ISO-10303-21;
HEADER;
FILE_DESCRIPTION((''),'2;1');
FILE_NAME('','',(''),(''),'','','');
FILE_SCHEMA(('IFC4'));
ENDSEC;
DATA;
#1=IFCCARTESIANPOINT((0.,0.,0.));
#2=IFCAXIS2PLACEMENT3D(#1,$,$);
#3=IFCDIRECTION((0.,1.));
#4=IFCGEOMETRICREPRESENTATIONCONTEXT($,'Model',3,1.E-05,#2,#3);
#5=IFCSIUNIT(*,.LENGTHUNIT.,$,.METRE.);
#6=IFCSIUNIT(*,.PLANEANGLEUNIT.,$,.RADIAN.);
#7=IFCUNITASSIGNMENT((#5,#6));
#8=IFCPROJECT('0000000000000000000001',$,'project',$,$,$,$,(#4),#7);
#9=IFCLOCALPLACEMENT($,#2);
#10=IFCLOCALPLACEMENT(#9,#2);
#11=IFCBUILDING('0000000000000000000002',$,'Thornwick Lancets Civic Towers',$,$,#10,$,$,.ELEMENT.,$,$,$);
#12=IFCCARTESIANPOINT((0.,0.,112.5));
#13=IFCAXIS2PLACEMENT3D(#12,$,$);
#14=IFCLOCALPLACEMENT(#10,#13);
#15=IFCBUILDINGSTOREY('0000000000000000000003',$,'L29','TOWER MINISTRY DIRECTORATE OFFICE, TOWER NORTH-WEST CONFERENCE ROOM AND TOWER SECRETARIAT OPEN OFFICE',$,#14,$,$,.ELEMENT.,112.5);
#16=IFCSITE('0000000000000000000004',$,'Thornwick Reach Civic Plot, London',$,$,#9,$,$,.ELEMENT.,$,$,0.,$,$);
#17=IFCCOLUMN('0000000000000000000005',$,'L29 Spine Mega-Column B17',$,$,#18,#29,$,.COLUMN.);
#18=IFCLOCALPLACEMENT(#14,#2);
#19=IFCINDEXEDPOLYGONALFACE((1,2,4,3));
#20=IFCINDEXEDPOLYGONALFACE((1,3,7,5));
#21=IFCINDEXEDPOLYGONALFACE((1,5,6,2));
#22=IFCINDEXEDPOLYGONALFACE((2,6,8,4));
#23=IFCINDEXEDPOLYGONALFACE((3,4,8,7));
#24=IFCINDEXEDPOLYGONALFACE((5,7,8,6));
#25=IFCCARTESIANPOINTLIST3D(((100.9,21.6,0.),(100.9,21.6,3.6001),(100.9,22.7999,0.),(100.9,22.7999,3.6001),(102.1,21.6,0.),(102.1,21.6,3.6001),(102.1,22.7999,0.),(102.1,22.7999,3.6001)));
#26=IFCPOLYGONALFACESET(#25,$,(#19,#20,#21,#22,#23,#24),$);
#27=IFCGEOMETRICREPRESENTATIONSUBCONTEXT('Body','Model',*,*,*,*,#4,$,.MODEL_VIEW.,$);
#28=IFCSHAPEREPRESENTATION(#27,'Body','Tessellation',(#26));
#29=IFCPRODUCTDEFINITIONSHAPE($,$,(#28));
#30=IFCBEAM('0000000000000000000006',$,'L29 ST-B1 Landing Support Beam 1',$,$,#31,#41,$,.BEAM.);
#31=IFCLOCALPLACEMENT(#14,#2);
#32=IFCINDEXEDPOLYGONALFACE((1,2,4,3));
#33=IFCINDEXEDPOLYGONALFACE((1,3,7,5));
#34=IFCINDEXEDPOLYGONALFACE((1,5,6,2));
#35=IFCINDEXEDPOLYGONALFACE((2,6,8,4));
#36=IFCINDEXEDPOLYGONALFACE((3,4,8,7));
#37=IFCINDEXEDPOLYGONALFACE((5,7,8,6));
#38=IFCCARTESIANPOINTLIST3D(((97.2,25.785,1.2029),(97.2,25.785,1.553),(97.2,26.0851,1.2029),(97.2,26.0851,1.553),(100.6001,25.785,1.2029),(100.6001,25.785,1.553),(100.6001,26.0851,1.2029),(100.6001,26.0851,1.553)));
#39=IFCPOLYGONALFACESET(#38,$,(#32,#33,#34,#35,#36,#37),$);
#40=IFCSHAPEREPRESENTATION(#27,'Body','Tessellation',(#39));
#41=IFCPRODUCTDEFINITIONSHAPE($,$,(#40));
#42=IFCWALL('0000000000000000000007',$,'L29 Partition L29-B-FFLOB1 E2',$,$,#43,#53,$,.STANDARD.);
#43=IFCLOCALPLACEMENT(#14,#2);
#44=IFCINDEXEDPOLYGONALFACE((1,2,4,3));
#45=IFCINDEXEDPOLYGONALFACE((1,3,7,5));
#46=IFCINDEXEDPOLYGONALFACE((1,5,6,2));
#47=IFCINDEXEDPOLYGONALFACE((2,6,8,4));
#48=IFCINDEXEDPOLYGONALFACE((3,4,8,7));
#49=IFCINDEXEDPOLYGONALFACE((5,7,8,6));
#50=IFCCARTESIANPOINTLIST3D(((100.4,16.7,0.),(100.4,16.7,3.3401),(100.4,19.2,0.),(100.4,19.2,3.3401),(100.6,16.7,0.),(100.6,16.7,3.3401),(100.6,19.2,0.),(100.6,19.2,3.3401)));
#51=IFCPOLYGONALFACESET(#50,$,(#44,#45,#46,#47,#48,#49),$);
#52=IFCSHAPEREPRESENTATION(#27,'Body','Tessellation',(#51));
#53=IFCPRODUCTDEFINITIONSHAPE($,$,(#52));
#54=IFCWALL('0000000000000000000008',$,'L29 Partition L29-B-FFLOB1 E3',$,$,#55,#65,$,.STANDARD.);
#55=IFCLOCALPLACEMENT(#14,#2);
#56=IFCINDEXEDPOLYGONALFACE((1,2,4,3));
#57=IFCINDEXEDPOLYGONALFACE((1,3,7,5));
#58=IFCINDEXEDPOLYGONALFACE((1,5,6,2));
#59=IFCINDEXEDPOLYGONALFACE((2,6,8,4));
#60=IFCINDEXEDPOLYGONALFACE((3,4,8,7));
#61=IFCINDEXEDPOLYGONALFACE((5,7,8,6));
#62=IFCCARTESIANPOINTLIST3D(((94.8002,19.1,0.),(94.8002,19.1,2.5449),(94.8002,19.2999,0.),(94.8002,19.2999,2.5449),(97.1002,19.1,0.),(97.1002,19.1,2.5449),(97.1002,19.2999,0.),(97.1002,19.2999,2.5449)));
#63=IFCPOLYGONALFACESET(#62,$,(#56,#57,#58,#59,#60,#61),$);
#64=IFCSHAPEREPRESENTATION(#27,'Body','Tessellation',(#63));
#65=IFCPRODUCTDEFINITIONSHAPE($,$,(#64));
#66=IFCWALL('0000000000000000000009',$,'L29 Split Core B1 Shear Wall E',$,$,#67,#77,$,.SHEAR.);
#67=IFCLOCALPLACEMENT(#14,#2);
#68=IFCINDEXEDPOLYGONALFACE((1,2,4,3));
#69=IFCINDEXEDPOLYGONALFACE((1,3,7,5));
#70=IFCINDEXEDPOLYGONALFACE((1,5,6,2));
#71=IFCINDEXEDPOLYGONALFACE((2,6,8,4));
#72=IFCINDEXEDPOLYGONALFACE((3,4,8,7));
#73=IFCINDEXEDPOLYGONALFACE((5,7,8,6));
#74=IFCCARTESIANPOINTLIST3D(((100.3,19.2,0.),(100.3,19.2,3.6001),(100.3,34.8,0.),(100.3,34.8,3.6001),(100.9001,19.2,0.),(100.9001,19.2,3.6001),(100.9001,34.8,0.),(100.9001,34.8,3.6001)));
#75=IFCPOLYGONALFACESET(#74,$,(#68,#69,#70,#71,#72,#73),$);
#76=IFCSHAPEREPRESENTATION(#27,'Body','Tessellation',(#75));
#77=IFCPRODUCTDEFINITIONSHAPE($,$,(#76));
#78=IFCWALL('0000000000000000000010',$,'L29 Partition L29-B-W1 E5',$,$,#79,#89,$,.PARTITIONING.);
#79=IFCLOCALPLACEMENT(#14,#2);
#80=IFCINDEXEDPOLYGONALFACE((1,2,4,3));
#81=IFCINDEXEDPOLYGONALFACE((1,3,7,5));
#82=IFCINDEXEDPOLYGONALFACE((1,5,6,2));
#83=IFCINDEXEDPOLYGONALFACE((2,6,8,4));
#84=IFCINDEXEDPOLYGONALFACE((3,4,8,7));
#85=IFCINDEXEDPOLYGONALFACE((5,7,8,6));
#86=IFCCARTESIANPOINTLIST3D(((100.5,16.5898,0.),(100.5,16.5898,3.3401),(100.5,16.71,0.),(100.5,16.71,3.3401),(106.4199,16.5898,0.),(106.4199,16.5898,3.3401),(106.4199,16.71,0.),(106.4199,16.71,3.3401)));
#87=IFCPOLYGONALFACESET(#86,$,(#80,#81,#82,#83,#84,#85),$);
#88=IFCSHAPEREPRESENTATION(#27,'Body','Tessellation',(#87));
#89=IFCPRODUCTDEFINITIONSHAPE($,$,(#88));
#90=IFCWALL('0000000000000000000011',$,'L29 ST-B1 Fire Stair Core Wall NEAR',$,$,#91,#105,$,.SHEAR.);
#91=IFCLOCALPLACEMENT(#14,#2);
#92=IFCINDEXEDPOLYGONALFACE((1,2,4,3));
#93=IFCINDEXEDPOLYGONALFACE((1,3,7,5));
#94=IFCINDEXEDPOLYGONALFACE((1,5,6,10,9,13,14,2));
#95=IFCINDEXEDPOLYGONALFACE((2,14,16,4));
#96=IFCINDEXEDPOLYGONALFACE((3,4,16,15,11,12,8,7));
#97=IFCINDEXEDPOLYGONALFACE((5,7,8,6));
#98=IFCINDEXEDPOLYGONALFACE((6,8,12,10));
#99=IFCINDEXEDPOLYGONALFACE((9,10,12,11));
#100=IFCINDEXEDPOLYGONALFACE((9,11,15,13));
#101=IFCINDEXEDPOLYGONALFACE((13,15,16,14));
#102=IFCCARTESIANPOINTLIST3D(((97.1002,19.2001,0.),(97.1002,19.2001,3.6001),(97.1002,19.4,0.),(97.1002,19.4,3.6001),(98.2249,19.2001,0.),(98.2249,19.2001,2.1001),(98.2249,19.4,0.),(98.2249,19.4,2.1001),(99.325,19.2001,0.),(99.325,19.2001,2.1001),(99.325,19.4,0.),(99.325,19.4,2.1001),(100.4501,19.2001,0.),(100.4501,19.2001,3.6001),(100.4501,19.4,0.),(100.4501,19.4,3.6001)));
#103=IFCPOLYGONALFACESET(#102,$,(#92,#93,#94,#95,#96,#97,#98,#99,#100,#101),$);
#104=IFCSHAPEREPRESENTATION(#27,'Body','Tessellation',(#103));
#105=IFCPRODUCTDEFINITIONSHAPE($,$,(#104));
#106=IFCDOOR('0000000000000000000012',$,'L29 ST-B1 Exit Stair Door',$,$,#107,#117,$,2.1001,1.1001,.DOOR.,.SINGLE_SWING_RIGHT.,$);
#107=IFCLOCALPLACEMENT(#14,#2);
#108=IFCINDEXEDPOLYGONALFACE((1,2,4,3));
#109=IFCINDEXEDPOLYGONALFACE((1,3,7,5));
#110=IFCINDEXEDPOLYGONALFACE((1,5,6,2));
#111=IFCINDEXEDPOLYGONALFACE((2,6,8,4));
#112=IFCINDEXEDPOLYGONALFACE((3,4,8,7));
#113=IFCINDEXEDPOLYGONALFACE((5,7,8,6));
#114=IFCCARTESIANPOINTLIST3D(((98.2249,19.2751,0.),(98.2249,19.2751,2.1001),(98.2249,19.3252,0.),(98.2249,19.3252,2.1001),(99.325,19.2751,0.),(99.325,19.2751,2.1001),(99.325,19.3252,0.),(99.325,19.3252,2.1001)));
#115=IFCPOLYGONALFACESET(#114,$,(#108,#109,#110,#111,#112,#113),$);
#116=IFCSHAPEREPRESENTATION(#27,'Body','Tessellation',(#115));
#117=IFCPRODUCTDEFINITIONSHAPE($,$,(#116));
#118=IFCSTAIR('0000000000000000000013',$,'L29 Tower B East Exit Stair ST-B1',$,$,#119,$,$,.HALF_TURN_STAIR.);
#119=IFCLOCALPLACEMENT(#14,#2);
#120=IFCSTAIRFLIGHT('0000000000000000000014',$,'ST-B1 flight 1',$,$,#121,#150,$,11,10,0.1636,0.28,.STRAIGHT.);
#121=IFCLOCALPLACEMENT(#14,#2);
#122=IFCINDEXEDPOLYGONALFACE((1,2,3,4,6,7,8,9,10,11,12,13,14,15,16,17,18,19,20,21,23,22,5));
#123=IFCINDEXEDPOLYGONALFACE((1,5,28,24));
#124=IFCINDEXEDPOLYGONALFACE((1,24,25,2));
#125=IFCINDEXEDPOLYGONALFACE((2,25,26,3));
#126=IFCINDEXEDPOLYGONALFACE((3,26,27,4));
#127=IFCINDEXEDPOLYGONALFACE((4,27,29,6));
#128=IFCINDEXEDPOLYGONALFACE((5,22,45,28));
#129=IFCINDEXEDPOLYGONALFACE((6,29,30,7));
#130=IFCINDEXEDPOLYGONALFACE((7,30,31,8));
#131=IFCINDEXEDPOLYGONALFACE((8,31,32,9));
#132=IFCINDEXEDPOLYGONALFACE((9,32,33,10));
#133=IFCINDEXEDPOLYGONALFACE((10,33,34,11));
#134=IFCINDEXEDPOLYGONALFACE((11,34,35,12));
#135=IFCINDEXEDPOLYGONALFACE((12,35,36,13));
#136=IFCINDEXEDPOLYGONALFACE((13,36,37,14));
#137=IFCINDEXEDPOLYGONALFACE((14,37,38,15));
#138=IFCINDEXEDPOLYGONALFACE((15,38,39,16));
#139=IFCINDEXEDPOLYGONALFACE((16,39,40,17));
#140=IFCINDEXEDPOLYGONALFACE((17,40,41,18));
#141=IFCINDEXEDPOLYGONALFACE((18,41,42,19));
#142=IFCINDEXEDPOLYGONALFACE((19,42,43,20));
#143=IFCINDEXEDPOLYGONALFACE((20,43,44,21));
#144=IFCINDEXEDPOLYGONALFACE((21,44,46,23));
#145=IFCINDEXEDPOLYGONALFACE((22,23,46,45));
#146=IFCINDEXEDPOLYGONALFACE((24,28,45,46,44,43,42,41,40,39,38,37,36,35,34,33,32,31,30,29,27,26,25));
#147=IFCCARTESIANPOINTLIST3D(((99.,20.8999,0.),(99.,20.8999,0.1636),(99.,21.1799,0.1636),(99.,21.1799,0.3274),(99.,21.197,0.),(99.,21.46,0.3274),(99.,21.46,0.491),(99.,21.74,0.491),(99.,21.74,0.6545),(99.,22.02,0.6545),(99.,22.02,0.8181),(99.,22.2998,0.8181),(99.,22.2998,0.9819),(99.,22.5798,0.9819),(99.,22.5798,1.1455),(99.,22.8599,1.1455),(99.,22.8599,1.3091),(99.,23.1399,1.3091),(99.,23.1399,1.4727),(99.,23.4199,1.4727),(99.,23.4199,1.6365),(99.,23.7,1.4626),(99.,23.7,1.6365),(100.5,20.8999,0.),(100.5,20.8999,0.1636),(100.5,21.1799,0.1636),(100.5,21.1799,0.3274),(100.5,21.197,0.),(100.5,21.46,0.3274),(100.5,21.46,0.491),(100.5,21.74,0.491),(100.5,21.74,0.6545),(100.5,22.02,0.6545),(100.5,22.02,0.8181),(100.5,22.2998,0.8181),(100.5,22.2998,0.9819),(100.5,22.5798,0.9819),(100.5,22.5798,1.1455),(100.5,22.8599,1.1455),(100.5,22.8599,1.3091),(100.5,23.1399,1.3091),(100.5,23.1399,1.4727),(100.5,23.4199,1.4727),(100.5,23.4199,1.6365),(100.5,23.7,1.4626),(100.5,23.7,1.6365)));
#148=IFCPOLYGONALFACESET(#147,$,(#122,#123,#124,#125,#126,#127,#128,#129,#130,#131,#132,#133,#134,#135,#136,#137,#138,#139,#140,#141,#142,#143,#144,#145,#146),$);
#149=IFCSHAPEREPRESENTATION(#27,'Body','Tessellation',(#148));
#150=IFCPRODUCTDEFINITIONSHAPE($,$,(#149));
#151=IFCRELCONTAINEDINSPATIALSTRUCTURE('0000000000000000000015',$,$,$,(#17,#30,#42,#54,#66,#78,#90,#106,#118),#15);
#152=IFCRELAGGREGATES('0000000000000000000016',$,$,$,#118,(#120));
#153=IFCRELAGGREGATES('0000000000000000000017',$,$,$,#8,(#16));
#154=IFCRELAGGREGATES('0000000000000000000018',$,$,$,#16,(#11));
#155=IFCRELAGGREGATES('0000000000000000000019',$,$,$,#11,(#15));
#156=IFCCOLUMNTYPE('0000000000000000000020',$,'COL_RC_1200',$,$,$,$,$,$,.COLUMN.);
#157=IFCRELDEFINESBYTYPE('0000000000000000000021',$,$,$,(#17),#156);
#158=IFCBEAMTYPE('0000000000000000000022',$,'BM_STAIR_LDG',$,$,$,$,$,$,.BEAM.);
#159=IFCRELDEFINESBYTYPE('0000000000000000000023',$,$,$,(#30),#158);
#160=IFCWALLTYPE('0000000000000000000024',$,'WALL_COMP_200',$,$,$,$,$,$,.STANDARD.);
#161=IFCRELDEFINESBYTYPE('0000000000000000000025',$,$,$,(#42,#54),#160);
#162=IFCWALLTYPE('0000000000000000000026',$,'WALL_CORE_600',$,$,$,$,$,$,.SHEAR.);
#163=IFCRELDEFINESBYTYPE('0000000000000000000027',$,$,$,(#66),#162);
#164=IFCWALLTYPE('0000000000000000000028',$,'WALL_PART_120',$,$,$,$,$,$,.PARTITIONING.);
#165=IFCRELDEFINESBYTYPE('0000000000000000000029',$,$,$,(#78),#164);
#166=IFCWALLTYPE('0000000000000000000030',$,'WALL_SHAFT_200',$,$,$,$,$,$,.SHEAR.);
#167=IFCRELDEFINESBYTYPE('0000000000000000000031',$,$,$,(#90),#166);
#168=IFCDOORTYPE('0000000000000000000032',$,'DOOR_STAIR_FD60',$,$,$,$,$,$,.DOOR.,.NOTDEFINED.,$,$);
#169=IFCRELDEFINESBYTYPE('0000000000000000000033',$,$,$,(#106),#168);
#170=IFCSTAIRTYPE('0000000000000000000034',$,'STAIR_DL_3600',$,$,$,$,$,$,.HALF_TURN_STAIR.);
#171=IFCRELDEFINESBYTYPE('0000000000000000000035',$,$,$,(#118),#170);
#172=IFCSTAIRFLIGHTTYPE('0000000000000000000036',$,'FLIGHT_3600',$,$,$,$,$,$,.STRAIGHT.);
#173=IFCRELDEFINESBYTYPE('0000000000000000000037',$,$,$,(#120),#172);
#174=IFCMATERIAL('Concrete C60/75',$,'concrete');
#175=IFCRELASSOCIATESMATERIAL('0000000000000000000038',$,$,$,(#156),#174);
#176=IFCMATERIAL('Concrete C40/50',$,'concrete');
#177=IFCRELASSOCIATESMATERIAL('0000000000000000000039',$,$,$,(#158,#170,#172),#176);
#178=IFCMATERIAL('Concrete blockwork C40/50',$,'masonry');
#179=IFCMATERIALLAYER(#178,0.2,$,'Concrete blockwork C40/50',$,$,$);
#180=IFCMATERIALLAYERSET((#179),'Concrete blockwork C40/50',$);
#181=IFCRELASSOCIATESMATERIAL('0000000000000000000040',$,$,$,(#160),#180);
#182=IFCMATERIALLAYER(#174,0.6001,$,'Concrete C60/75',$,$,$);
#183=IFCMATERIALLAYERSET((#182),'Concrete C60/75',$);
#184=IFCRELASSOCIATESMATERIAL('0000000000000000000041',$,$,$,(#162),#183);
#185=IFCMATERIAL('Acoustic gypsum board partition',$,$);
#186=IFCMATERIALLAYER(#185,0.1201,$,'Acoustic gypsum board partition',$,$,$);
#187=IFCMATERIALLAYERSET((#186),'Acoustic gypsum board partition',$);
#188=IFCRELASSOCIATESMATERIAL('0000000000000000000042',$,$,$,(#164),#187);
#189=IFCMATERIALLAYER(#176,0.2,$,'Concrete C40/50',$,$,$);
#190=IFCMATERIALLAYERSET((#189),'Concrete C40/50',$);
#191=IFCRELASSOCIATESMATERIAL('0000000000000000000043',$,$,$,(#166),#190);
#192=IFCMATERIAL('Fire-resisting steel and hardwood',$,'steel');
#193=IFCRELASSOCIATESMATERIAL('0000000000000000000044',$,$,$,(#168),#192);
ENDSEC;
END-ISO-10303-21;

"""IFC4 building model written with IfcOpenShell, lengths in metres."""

from ifc_helpers import new_model, si_unit, direction, frame, frame_2d, origin, origin_2d, place, context, subcontext, project, spatial, polyline, rectangle, outline, extrude, material, layer, layer_set, material_profile, profile_set, type_object, element, fill, aggregate, save


model = new_model("IFC4")

# Units and contexts
model_context = context("Model", 3, precision=1e-05, world=origin(), true_north=direction((0.0, 1.0)))
body_context = subcontext(model_context, "Body", "Model", "MODEL_VIEW")
ifc_project = project(units=[si_unit("LENGTHUNIT", "METRE"), si_unit("PLANEANGLEUNIT", "RADIAN")], contexts=[model_context])

# Site, building, storey
site_placement = place(None, origin())
site = spatial("IfcSite", under=ifc_project, at=site_placement, Name="Thornwick Reach Civic Plot, London", CompositionType="ELEMENT", RefElevation=0.0)
building_placement = place(site_placement, origin())
building = spatial("IfcBuilding", under=site, at=building_placement, Name="Thornwick Lancets Civic Towers", CompositionType="ELEMENT")
storey_placement = place(building_placement, frame((0.0, 0.0, 112.5)))
storey = spatial("IfcBuildingStorey", under=building, at=storey_placement, Name="L29", Description="TOWER MINISTRY DIRECTORATE OFFICE, TOWER NORTH-WEST CONFERENCE ROOM AND TOWER SECRETARIAT OPEN OFFICE", CompositionType="ELEMENT", Elevation=112.5)

# Column
ifc_material_1 = material(Name="Concrete C60/75", Category="concrete")
ifc_material_profile_1 = material_profile(ifc_material_1, rectangle(XDim=1.2, YDim=1.2, at=origin_2d()), Name="RC 1200x1200")
ifc_profile_set_1 = profile_set([ifc_material_profile_1], Name="Concrete C60/75")
column_type = type_object("IfcColumnType", Name="COL_RC_1200", PredefinedType="COLUMN", material=ifc_profile_set_1)
column_placement = place(storey_placement, frame((101.5, 22.2, 0.0), z_axis=(0.0, 0.0, 1.0), x_axis=(1.0, 0.0, 0.0)))
element("IfcColumn", 1, at=column_placement, inside=storey, type_object=column_type, Name="L29 Spine Mega-Column B17", PredefinedType="COLUMN", context=body_context, shape_type="SweptSolid", body=[
    extrude(rectangle(XDim=1.2, YDim=1.2, at=origin_2d()), origin(), (0.0, 0.0, 1.0), 3.6001),
])

# Beam
ifc_material_2 = material(Name="Concrete C40/50", Category="concrete")
ifc_material_profile_2 = material_profile(ifc_material_2, rectangle(XDim=0.3, YDim=0.3501, at=origin_2d()), Name="RC 300x350")
ifc_profile_set_2 = profile_set([ifc_material_profile_2], Name="Concrete C40/50")
beam_type = type_object("IfcBeamType", Name="BM_STAIR_LDG", PredefinedType="BEAM", material=ifc_profile_set_2)
beam_placement = place(storey_placement, frame((100.6001, 25.9351, 1.3779), z_axis=(-1.0, 0.0, 0.0), x_axis=(0.0, -1.0, 0.0)))
element("IfcBeam", 2, at=beam_placement, inside=storey, type_object=beam_type, Name="L29 ST-B1 Landing Support Beam 1", PredefinedType="BEAM", context=body_context, shape_type="SweptSolid", body=[
    extrude(rectangle(XDim=0.3, YDim=0.3501, at=origin_2d()), origin(), (0.0, 0.0, 1.0), 3.4001),
])

# Walls
ifc_material_3 = material(Name="Concrete blockwork C40/50", Category="masonry")
ifc_layer_1 = layer(ifc_material_3, 0.2, Name="Concrete blockwork C40/50")
ifc_layer_set_1 = layer_set([ifc_layer_1], Name="Concrete blockwork C40/50")
wall_type_1 = type_object("IfcWallType", Name="WALL_COMP_200", PredefinedType="STANDARD", material=ifc_layer_set_1)
wall_1_placement = place(storey_placement, frame((100.5, 16.7, 0.0), z_axis=(0.0, 0.0, 1.0), x_axis=(0.0, 1.0, 0.0)))
element("IfcWall", 3, at=wall_1_placement, inside=storey, type_object=wall_type_1, Name="L29 Partition L29-B-FFLOB1 E2", PredefinedType="STANDARD", context=body_context, shape_type="SweptSolid", body=[
    extrude(rectangle(XDim=2.5, YDim=0.2, at=frame_2d((1.25, 0.0))), origin(), (0.0, 0.0, 1.0), 3.3401),
])
wall_2_placement = place(storey_placement, frame((97.1001, 19.2, 0.0), z_axis=(0.0, 0.0, 1.0), x_axis=(-1.0, 0.0, 0.0)))
element("IfcWall", 4, at=wall_2_placement, inside=storey, type_object=wall_type_1, Name="L29 Partition L29-B-FFLOB1 E3", PredefinedType="STANDARD", context=body_context, shape_type="SweptSolid", body=[
    extrude(rectangle(XDim=2.3, YDim=0.2, at=frame_2d((1.1499, 0.0))), origin(), (0.0, 0.0, 1.0), 2.5449),
])
ifc_layer_2 = layer(ifc_material_1, 0.6001, Name="Concrete C60/75")
ifc_layer_set_2 = layer_set([ifc_layer_2], Name="Concrete C60/75")
wall_type_2 = type_object("IfcWallType", Name="WALL_CORE_600", PredefinedType="SHEAR", material=ifc_layer_set_2)
wall_3_placement = place(storey_placement, frame((100.6001, 19.2, 0.0), z_axis=(0.0, 0.0, 1.0), x_axis=(0.0, 1.0, 0.0)))
element("IfcWall", 5, at=wall_3_placement, inside=storey, type_object=wall_type_2, Name="L29 Split Core B1 Shear Wall E", PredefinedType="SHEAR", context=body_context, shape_type="SweptSolid", body=[
    extrude(rectangle(XDim=15.6001, YDim=0.6001, at=frame_2d((7.8, 0.0))), origin(), (0.0, 0.0, 1.0), 3.6001),
])
ifc_material_4 = material(Name="Acoustic gypsum board partition")
ifc_layer_3 = layer(ifc_material_4, 0.1201, Name="Acoustic gypsum board partition")
ifc_layer_set_3 = layer_set([ifc_layer_3], Name="Acoustic gypsum board partition")
wall_type_3 = type_object("IfcWallType", Name="WALL_PART_120", PredefinedType="PARTITIONING", material=ifc_layer_set_3)
wall_4_placement = place(storey_placement, frame((100.5, 16.6499, 0.0), z_axis=(0.0, 0.0, 1.0), x_axis=(1.0, 0.0, 0.0)))
element("IfcWall", 6, at=wall_4_placement, inside=storey, type_object=wall_type_3, Name="L29 Partition L29-B-W1 E5", PredefinedType="PARTITIONING", context=body_context, shape_type="SweptSolid", body=[
    extrude(rectangle(XDim=5.9199, YDim=0.1201, at=frame_2d((2.96, 0.0))), origin(), (0.0, 0.0, 1.0), 3.3401),
])

# Wall, opening, door
ifc_layer_4 = layer(ifc_material_2, 0.2, Name="Concrete C40/50")
ifc_layer_set_4 = layer_set([ifc_layer_4], Name="Concrete C40/50")
wall_type_4 = type_object("IfcWallType", Name="WALL_SHAFT_200", PredefinedType="SHEAR", material=ifc_layer_set_4)
wall_5_placement = place(storey_placement, frame((100.45, 19.3, 0.0), z_axis=(0.0, 0.0, 1.0), x_axis=(-1.0, 0.0, 0.0)))
wall_5 = element("IfcWall", 7, at=wall_5_placement, inside=storey, type_object=wall_type_4, Name="L29 ST-B1 Fire Stair Core Wall NEAR", PredefinedType="SHEAR", context=body_context, shape_type="SweptSolid", body=[
    extrude(rectangle(XDim=3.3499, YDim=0.2, at=frame_2d((1.6748, 0.0))), origin(), (0.0, 0.0, 1.0), 3.6001),
])
opening_placement = place(wall_5_placement, frame((1.125, 0.0, 0.0)))
opening = element("IfcOpeningElement", 8, at=opening_placement, cuts=wall_5, PredefinedType="OPENING", context=body_context, shape_type="SweptSolid", body=[
    extrude(rectangle(XDim=1.1001, YDim=2.1001, at=frame_2d((0.55, 1.05))), frame((0.0, 0.1099, 0.0), z_axis=(0.0, -1.0, 0.0), x_axis=(1.0, 0.0, 0.0)), (0.0, 0.0, 1.0), 0.22),
])
ifc_material_5 = material(Name="Fire-resisting steel and hardwood", Category="steel")
door_type = type_object("IfcDoorType", Name="DOOR_STAIR_FD60", OperationType="NOTDEFINED", PredefinedType="DOOR", material=ifc_material_5)
door_placement = place(opening_placement, origin())
door = element("IfcDoor", 9, at=door_placement, inside=storey, type_object=door_type, Name="L29 ST-B1 Exit Stair Door", OperationType="SINGLE_SWING_RIGHT", OverallHeight=2.1001, OverallWidth=1.1001, PredefinedType="DOOR", context=body_context, shape_type="SweptSolid", body=[
    extrude(rectangle(XDim=1.1001, YDim=2.1001, at=frame_2d((0.55, 1.05))), frame((0.0, 0.0249, 0.0), z_axis=(0.0, -1.0, 0.0), x_axis=(1.0, 0.0, 0.0)), (0.0, 0.0, 1.0), 0.05),
])
fill(opening, door)

# Stair, stair flight
stair_type = type_object("IfcStairType", Name="STAIR_DL_3600", PredefinedType="HALF_TURN_STAIR", material=ifc_material_2)
stair_placement = place(storey_placement, origin())
stair = element("IfcStair", 10, at=stair_placement, inside=storey, type_object=stair_type, Name="L29 Tower B East Exit Stair ST-B1", PredefinedType="HALF_TURN_STAIR")
stair_flight_type = type_object("IfcStairFlightType", Name="FLIGHT_3600", PredefinedType="STRAIGHT", material=ifc_material_2)
stair_flight_1_placement = place(storey_placement, frame((99.75, 20.8999, 0.0), z_axis=(0.0, 0.0, 1.0), x_axis=(0.0, 1.0, 0.0)))
stair_flight_1 = element("IfcStairFlight", 11, at=stair_flight_1_placement, type_object=stair_flight_type, Name="ST-B1 flight 1", NumberOfRisers=11, NumberOfTreads=10, PredefinedType="STRAIGHT", RiserHeight=0.1636, TreadLength=0.28, context=body_context, shape_type="SweptSolid", body=[
    extrude(outline(polyline([(0.0, 0.0), (0.0, 0.1636), (0.28, 0.1636), (0.28, 0.3274), (0.5601, 0.3274), (0.5601, 0.491), (0.8401, 0.491), (0.8401, 0.6545), (1.1201, 0.6545), (1.1201, 0.8181), (1.3999, 0.8181), (1.3999, 0.9819), (1.6799, 0.9819), (1.6799, 1.1455), (1.96, 1.1455), (1.96, 1.3091), (2.24, 1.3091), (2.24, 1.4727), (2.52, 1.4727), (2.52, 1.6365), (2.8, 1.6365), (2.8, 1.8), (2.8, 1.4626), (0.2971, 0.0), (0.0, 0.0)])), frame((0.0, 0.75, 0.0), z_axis=(0.0, -1.0, 0.0), x_axis=(1.0, 0.0, 0.0)), (0.0, 0.0, 1.0), 1.5),
])
aggregate(stair, [stair_flight_1])

save(model, "model.ifc")
